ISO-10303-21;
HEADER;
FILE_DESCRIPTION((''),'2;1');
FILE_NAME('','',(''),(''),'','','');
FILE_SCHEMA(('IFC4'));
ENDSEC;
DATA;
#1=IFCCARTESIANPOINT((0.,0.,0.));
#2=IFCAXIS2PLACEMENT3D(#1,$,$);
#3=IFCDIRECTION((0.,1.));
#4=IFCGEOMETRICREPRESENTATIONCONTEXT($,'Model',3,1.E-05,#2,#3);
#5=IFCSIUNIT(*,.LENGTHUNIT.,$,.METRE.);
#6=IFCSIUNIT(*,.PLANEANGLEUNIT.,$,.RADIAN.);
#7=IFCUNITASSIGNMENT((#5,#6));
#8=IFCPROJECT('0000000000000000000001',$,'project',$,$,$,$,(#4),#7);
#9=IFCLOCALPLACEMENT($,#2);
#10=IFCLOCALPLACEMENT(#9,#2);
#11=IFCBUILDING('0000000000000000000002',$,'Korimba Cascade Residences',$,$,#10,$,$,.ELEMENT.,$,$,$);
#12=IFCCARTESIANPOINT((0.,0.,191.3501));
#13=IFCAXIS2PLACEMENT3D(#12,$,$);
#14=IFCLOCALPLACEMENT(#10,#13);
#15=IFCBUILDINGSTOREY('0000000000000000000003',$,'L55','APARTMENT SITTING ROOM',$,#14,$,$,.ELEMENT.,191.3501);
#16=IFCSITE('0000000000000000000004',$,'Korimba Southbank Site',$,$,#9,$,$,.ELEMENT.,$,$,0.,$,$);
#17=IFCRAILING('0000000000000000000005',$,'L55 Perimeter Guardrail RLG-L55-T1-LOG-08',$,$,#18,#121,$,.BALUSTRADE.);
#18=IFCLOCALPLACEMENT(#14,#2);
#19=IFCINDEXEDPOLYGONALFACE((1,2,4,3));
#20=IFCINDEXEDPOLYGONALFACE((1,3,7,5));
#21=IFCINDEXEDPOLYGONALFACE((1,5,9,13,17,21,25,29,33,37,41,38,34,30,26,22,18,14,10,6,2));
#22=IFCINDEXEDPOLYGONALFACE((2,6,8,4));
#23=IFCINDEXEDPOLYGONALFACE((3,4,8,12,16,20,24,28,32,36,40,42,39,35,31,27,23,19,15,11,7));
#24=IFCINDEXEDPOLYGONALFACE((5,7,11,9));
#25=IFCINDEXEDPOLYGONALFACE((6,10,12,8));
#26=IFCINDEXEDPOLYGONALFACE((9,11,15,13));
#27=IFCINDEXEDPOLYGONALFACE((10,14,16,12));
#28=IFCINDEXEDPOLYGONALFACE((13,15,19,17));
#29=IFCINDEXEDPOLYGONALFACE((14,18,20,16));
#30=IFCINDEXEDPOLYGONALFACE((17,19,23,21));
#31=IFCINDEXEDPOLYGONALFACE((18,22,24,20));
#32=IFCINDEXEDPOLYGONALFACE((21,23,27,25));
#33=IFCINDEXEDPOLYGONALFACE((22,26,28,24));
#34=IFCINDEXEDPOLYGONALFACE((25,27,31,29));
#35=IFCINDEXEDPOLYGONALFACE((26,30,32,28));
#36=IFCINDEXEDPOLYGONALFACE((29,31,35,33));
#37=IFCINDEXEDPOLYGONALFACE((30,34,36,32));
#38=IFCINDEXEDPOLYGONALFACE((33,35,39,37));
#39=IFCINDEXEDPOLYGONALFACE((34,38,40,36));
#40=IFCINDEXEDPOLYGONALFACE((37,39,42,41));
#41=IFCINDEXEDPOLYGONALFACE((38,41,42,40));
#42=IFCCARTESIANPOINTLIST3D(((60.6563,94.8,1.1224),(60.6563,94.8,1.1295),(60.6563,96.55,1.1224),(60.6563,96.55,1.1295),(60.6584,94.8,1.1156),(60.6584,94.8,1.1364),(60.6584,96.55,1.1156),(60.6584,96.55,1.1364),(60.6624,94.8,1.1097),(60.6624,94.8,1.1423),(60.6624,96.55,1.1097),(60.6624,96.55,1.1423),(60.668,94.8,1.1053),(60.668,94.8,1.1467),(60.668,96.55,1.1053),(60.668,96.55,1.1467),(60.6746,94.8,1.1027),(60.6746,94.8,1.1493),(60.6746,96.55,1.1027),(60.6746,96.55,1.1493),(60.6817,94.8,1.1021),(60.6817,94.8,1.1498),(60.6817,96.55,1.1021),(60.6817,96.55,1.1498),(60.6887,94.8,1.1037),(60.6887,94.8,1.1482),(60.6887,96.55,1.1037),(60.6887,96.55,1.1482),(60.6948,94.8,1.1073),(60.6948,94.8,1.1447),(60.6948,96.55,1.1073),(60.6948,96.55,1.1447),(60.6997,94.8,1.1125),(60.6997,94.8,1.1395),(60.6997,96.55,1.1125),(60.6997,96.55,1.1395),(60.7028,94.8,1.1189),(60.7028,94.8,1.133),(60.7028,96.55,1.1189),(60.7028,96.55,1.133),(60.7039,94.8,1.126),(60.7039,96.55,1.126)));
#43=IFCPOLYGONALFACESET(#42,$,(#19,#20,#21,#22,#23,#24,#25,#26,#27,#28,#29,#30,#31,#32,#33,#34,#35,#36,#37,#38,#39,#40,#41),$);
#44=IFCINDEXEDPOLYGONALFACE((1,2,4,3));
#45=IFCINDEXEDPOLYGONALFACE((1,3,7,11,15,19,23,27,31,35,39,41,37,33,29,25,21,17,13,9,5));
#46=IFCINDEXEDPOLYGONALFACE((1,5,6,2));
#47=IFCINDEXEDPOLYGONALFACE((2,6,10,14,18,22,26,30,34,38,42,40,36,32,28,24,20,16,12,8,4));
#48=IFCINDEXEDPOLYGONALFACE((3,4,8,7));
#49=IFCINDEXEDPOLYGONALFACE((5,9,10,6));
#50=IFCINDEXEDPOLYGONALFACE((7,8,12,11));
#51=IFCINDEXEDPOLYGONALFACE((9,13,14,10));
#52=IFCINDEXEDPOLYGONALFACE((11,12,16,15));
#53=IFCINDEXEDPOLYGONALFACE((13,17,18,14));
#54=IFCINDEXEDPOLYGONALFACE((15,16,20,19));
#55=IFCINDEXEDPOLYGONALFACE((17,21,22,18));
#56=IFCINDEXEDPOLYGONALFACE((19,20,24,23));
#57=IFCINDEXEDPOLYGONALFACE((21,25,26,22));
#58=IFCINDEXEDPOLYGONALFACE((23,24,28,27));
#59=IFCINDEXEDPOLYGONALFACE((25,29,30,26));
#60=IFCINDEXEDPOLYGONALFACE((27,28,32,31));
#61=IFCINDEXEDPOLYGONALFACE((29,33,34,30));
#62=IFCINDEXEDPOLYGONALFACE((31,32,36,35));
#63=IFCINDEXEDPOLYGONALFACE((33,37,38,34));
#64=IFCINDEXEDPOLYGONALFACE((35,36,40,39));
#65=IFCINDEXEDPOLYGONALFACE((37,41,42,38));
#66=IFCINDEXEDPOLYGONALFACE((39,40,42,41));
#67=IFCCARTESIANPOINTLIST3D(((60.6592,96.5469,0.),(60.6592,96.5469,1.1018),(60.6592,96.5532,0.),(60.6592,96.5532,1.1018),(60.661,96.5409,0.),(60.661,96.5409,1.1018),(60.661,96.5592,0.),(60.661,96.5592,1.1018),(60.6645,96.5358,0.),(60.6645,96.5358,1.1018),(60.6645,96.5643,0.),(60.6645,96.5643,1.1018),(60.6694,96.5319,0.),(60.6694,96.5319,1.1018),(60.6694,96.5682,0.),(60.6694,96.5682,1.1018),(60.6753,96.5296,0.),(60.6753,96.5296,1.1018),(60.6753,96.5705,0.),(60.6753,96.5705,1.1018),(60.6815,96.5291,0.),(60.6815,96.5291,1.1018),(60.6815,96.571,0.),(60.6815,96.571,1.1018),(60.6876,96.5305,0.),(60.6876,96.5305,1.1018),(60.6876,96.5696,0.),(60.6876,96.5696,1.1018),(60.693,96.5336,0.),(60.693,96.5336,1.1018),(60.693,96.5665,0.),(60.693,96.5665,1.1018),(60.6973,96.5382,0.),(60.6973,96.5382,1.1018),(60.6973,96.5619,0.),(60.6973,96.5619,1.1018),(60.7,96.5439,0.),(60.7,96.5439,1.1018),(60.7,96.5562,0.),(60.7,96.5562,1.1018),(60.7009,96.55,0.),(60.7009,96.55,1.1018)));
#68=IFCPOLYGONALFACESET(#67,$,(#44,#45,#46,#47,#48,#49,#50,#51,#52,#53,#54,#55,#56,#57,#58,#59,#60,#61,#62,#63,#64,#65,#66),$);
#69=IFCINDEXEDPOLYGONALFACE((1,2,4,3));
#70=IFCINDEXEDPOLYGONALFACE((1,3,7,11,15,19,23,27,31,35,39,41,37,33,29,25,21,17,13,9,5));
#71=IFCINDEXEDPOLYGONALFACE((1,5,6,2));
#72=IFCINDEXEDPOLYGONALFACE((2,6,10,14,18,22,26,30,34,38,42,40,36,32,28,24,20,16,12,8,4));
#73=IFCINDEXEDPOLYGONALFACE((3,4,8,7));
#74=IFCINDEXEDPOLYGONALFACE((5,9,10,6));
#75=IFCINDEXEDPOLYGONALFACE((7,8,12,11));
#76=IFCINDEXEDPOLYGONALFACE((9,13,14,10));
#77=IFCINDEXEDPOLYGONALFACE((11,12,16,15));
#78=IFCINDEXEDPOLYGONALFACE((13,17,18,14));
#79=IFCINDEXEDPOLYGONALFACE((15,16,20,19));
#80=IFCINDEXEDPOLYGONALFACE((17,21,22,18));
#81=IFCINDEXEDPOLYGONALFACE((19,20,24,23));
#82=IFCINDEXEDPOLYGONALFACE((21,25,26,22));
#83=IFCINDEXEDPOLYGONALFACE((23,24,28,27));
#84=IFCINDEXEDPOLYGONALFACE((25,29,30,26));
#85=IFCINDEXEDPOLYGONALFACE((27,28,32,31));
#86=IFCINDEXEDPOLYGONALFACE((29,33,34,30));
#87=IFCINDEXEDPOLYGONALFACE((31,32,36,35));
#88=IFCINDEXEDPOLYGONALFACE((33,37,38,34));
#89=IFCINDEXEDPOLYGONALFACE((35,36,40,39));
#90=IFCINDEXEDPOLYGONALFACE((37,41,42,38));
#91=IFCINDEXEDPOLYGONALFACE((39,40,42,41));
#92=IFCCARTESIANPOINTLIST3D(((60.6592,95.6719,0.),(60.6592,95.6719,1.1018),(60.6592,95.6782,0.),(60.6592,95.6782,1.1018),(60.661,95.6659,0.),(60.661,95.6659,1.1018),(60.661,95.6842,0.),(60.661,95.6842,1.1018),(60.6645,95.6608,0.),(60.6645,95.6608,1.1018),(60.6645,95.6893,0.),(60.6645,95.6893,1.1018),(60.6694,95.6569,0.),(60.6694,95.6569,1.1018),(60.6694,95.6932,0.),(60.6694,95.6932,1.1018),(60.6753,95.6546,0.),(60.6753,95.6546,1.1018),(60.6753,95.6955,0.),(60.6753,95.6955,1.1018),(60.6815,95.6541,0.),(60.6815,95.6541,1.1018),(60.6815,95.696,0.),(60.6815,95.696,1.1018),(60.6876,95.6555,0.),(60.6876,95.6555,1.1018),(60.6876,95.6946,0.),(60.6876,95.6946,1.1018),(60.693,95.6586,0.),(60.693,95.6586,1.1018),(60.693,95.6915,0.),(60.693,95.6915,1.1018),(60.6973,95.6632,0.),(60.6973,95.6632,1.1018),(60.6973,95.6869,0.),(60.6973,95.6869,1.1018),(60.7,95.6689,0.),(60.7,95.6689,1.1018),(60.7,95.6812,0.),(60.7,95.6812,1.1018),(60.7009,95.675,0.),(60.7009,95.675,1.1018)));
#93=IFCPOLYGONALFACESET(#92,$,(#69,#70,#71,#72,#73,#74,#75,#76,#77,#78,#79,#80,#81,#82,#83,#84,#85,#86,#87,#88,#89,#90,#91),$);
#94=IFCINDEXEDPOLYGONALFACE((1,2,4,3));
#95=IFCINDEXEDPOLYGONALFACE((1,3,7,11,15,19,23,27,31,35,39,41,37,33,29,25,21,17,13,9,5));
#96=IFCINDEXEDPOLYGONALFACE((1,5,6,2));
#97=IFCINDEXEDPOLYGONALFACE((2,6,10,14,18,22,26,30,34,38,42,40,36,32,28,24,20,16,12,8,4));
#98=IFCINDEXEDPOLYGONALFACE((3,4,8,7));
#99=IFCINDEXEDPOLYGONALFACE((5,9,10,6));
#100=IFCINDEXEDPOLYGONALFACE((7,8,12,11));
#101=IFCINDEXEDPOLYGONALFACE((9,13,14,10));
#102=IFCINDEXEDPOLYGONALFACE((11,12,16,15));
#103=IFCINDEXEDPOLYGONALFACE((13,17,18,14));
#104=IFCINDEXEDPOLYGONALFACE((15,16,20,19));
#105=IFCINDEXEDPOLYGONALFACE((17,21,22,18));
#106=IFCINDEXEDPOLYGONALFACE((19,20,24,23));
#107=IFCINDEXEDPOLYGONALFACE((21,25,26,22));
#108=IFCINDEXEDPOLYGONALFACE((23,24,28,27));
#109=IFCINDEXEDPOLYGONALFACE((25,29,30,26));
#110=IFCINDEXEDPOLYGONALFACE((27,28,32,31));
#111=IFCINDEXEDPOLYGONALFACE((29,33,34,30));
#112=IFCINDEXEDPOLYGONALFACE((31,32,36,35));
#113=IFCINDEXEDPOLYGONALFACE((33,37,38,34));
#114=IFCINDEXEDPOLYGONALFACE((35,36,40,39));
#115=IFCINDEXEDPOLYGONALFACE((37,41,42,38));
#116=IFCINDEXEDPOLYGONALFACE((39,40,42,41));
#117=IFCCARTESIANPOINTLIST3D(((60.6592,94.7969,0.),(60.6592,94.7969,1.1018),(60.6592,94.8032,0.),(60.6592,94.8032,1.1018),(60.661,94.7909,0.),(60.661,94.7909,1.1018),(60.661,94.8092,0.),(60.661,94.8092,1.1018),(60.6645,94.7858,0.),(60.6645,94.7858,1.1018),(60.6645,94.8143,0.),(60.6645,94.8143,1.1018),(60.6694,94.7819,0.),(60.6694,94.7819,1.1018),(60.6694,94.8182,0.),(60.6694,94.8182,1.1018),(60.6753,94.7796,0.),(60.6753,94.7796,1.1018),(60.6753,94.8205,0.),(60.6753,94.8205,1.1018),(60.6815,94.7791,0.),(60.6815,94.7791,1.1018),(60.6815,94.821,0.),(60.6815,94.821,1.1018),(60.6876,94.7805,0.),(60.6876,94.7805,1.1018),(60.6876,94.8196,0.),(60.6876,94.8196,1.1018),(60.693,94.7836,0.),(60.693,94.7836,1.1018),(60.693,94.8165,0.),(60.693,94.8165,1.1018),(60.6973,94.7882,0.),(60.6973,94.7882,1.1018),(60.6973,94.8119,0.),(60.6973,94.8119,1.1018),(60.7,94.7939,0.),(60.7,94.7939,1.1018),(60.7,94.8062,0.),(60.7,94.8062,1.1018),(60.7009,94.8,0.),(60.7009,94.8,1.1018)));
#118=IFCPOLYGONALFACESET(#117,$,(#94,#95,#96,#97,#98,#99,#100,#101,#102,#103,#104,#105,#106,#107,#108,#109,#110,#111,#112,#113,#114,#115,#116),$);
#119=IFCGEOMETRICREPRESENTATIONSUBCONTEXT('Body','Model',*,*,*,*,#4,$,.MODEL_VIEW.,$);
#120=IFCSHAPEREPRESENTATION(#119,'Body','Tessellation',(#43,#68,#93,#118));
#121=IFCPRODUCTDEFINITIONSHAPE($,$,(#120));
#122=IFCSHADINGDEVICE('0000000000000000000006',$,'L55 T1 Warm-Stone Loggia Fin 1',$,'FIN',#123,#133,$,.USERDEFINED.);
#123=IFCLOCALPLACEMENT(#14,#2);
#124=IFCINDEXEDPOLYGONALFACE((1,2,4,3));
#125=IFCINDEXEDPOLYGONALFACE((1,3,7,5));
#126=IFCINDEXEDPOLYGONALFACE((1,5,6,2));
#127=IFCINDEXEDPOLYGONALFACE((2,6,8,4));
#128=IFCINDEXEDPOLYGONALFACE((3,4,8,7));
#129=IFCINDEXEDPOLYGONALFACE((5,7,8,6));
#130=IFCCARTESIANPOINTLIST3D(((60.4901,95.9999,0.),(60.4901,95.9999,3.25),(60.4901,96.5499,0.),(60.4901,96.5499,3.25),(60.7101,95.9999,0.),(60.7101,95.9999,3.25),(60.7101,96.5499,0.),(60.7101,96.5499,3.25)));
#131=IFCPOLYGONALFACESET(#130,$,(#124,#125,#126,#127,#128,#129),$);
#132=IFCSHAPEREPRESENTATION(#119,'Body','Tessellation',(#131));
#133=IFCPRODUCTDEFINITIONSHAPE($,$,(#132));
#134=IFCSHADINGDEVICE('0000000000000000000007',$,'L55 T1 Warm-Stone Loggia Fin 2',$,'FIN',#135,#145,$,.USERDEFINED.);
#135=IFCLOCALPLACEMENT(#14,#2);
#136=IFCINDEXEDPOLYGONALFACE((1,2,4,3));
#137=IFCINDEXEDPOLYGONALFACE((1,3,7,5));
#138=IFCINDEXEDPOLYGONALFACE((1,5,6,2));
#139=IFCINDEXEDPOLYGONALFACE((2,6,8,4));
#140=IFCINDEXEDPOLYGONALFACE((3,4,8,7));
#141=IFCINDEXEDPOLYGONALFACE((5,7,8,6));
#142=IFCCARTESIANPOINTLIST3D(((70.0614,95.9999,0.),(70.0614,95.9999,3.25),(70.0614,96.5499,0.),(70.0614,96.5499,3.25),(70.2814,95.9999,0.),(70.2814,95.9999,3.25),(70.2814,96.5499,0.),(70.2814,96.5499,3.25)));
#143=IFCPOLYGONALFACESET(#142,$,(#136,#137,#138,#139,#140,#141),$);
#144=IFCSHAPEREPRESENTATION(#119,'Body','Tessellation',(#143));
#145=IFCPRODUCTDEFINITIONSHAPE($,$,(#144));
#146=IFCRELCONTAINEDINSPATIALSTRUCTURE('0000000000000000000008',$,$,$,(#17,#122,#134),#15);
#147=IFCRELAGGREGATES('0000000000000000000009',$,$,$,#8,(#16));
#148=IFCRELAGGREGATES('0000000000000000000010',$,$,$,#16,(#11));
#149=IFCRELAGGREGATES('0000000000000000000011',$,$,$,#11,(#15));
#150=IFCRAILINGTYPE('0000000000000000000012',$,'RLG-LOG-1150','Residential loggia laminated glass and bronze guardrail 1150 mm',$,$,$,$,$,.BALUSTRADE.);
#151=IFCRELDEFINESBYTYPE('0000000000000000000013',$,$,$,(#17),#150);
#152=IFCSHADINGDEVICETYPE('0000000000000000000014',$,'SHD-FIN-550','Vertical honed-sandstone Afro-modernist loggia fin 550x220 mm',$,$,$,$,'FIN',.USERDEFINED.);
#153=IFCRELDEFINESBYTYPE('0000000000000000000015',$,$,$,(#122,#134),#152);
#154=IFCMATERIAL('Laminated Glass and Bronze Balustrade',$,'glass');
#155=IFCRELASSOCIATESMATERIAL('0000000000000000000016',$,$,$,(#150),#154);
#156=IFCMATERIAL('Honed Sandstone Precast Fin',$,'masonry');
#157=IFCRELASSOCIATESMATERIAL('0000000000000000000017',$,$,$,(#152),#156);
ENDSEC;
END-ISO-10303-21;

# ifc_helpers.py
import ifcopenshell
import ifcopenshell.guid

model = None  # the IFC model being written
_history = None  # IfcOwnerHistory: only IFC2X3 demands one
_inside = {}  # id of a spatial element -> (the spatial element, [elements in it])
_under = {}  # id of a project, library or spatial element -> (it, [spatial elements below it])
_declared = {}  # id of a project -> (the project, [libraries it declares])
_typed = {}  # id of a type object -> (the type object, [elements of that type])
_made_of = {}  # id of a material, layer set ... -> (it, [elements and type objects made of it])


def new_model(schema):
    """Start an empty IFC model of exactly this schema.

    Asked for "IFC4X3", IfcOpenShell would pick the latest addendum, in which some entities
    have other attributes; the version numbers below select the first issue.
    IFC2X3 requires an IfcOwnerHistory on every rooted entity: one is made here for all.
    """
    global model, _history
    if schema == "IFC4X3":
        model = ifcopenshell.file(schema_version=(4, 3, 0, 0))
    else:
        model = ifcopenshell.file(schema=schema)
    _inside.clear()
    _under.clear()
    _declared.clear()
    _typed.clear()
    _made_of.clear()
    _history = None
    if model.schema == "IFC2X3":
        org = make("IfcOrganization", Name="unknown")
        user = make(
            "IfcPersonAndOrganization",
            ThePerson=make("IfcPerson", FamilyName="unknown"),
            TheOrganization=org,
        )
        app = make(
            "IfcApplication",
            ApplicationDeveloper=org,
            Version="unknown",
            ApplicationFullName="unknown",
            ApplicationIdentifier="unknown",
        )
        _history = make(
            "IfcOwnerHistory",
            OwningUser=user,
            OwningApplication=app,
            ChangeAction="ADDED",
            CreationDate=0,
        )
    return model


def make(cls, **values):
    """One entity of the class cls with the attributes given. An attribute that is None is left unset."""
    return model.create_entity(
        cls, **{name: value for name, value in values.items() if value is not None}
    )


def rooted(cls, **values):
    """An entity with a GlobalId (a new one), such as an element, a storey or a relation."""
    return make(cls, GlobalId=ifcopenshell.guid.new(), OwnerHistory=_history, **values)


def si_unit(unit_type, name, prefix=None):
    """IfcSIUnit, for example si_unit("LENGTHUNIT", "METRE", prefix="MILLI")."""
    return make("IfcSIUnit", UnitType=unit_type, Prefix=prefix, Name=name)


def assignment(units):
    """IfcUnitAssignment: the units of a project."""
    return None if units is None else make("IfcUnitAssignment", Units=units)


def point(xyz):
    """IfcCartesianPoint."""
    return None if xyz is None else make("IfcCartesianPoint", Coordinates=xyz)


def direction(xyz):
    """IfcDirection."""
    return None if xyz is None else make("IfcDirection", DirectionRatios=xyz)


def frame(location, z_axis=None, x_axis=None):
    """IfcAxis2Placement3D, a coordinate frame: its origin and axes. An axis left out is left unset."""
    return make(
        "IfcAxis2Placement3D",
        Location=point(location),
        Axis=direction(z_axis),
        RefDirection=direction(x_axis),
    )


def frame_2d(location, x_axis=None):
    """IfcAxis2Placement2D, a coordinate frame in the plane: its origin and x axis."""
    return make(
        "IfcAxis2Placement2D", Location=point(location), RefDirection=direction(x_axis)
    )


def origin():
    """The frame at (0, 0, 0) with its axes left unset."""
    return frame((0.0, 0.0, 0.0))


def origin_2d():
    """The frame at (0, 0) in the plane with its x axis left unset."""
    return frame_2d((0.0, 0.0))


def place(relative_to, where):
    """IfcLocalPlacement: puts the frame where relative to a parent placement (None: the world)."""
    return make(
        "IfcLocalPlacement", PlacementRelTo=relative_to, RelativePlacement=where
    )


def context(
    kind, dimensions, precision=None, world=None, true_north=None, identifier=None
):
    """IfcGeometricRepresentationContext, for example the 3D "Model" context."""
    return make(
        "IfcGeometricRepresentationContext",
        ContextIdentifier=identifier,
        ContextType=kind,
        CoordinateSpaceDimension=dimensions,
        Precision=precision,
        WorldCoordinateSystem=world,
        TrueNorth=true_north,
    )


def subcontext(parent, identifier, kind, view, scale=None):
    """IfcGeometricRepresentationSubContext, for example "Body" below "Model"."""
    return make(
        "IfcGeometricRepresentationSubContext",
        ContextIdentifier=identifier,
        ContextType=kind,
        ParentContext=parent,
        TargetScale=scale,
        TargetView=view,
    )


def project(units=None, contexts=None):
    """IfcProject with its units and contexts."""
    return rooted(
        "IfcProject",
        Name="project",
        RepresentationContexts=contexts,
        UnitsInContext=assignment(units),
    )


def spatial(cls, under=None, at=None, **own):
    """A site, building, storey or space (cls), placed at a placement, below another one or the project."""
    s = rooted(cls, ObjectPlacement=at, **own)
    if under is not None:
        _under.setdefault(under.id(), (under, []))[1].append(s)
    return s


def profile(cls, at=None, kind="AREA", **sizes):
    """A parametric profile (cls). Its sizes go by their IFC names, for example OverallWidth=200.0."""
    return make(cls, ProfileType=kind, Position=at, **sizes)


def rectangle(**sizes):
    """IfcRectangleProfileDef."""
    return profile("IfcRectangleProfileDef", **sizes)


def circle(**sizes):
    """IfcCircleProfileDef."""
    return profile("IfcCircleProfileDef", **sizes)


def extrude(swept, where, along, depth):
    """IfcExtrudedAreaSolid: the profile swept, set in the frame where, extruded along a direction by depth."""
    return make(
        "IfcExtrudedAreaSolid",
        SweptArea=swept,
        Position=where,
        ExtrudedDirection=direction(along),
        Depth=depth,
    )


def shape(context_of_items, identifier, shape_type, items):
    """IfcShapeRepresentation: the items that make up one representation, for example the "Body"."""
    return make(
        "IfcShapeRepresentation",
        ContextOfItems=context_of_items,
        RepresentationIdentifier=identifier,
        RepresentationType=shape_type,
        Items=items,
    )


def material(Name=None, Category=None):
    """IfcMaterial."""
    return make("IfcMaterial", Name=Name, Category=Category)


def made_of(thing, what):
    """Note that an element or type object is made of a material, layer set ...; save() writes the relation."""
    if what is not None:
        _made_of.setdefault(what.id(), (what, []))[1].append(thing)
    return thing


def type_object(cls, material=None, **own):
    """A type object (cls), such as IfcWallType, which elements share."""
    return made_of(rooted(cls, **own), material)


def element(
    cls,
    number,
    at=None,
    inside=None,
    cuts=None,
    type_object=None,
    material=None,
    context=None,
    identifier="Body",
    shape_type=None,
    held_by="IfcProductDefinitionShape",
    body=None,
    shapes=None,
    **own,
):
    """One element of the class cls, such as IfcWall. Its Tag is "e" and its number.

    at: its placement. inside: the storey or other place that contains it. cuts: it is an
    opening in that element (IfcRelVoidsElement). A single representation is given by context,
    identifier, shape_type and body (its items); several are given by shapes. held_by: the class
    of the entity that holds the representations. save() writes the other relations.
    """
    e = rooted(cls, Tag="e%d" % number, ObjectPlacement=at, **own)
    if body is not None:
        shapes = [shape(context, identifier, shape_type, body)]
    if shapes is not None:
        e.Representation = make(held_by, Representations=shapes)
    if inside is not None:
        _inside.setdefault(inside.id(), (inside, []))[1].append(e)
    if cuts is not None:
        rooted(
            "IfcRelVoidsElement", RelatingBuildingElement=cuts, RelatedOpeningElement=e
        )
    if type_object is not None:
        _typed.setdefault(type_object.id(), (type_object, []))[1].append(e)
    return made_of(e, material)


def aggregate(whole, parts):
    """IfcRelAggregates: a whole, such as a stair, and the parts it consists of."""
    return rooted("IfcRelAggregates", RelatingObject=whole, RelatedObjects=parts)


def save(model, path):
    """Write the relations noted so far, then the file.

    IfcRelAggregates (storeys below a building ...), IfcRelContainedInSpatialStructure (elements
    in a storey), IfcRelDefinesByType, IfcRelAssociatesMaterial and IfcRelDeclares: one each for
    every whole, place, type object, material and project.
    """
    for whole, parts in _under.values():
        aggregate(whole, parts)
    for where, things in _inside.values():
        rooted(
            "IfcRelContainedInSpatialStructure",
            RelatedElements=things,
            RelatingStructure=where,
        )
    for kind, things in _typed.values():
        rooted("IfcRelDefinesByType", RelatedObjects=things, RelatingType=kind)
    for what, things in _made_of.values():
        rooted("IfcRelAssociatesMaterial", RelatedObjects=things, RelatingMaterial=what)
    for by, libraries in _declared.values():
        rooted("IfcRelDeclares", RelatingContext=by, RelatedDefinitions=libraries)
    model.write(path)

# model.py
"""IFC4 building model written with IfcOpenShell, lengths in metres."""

from ifc_helpers import new_model, si_unit, direction, frame, origin, origin_2d, place, context, subcontext, project, spatial, rectangle, circle, extrude, material, type_object, element, save


model = new_model("IFC4")

# Units and contexts
model_context = context("Model", 3, precision=1e-05, world=origin(), true_north=direction((0.0, 1.0)))
body_context = subcontext(model_context, "Body", "Model", "MODEL_VIEW")
ifc_project = project(units=[si_unit("LENGTHUNIT", "METRE"), si_unit("PLANEANGLEUNIT", "RADIAN")], contexts=[model_context])

# Site, building, storey
site_placement = place(None, origin())
site = spatial("IfcSite", under=ifc_project, at=site_placement, Name="Korimba Southbank Site", CompositionType="ELEMENT", RefElevation=0.0)
building_placement = place(site_placement, origin())
building = spatial("IfcBuilding", under=site, at=building_placement, Name="Korimba Cascade Residences", CompositionType="ELEMENT")
storey_placement = place(building_placement, frame((0.0, 0.0, 191.3501)))
storey = spatial("IfcBuildingStorey", under=building, at=storey_placement, Name="L55", Description="APARTMENT SITTING ROOM", CompositionType="ELEMENT", Elevation=191.3501)

# Railing
ifc_material_1 = material(Name="Laminated Glass and Bronze Balustrade", Category="glass")
railing_type = type_object("IfcRailingType", Name="RLG-LOG-1150", Description="Residential loggia laminated glass and bronze guardrail 1150 mm", PredefinedType="BALUSTRADE", material=ifc_material_1)
railing_1_placement = place(storey_placement, frame((60.6799, 96.55, 0.0)))
element("IfcRailing", 1, at=railing_1_placement, inside=storey, type_object=railing_type, Name="L55 Perimeter Guardrail RLG-L55-T1-LOG-08", PredefinedType="BALUSTRADE", context=body_context, shape_type="SweptSolid", body=[
    extrude(circle(Radius=0.0239, at=origin_2d()), frame((0.0, 0.0, 1.126), z_axis=(0.0, -1.0, 0.0), x_axis=(1.0, 0.0, 0.0)), (0.0, 0.0, 1.0), 1.75),
    extrude(circle(Radius=0.021, at=origin_2d()), origin(), (0.0, 0.0, 1.0), 1.1018),
    extrude(circle(Radius=0.021, at=origin_2d()), frame((0.0, -0.875, 0.0)), (0.0, 0.0, 1.0), 1.1018),
    extrude(circle(Radius=0.021, at=origin_2d()), frame((0.0, -1.75, 0.0)), (0.0, 0.0, 1.0), 1.1018),
])

# Shading devices
ifc_material_2 = material(Name="Honed Sandstone Precast Fin", Category="masonry")
shading_device_type = type_object("IfcShadingDeviceType", Name="SHD-FIN-550", Description="Vertical honed-sandstone Afro-modernist loggia fin 550x220 mm", ElementType="FIN", PredefinedType="USERDEFINED", material=ifc_material_2)
for number, where, z_axis, x_axis, name in (
    (2, (60.6001, 96.2749, 0.0), (0.0, 0.0, 1.0), (1.0, 0.0, 0.0), "L55 T1 Warm-Stone Loggia Fin 1"),
    (3, (70.1714, 96.2749, 0.0), (0.0, 0.0, 1.0), (1.0, 0.0, 0.0), "L55 T1 Warm-Stone Loggia Fin 2"),
):
    element("IfcShadingDevice", number, at=place(storey_placement, frame(where, z_axis=z_axis, x_axis=x_axis)), inside=storey, type_object=shading_device_type, Name=name, ObjectType="FIN", PredefinedType="USERDEFINED", context=body_context, shape_type="SweptSolid", body=[
        extrude(rectangle(XDim=0.22, YDim=0.55, at=origin_2d()), origin(), (0.0, 0.0, 1.0), 3.25),
    ])

save(model, "model.ifc")
